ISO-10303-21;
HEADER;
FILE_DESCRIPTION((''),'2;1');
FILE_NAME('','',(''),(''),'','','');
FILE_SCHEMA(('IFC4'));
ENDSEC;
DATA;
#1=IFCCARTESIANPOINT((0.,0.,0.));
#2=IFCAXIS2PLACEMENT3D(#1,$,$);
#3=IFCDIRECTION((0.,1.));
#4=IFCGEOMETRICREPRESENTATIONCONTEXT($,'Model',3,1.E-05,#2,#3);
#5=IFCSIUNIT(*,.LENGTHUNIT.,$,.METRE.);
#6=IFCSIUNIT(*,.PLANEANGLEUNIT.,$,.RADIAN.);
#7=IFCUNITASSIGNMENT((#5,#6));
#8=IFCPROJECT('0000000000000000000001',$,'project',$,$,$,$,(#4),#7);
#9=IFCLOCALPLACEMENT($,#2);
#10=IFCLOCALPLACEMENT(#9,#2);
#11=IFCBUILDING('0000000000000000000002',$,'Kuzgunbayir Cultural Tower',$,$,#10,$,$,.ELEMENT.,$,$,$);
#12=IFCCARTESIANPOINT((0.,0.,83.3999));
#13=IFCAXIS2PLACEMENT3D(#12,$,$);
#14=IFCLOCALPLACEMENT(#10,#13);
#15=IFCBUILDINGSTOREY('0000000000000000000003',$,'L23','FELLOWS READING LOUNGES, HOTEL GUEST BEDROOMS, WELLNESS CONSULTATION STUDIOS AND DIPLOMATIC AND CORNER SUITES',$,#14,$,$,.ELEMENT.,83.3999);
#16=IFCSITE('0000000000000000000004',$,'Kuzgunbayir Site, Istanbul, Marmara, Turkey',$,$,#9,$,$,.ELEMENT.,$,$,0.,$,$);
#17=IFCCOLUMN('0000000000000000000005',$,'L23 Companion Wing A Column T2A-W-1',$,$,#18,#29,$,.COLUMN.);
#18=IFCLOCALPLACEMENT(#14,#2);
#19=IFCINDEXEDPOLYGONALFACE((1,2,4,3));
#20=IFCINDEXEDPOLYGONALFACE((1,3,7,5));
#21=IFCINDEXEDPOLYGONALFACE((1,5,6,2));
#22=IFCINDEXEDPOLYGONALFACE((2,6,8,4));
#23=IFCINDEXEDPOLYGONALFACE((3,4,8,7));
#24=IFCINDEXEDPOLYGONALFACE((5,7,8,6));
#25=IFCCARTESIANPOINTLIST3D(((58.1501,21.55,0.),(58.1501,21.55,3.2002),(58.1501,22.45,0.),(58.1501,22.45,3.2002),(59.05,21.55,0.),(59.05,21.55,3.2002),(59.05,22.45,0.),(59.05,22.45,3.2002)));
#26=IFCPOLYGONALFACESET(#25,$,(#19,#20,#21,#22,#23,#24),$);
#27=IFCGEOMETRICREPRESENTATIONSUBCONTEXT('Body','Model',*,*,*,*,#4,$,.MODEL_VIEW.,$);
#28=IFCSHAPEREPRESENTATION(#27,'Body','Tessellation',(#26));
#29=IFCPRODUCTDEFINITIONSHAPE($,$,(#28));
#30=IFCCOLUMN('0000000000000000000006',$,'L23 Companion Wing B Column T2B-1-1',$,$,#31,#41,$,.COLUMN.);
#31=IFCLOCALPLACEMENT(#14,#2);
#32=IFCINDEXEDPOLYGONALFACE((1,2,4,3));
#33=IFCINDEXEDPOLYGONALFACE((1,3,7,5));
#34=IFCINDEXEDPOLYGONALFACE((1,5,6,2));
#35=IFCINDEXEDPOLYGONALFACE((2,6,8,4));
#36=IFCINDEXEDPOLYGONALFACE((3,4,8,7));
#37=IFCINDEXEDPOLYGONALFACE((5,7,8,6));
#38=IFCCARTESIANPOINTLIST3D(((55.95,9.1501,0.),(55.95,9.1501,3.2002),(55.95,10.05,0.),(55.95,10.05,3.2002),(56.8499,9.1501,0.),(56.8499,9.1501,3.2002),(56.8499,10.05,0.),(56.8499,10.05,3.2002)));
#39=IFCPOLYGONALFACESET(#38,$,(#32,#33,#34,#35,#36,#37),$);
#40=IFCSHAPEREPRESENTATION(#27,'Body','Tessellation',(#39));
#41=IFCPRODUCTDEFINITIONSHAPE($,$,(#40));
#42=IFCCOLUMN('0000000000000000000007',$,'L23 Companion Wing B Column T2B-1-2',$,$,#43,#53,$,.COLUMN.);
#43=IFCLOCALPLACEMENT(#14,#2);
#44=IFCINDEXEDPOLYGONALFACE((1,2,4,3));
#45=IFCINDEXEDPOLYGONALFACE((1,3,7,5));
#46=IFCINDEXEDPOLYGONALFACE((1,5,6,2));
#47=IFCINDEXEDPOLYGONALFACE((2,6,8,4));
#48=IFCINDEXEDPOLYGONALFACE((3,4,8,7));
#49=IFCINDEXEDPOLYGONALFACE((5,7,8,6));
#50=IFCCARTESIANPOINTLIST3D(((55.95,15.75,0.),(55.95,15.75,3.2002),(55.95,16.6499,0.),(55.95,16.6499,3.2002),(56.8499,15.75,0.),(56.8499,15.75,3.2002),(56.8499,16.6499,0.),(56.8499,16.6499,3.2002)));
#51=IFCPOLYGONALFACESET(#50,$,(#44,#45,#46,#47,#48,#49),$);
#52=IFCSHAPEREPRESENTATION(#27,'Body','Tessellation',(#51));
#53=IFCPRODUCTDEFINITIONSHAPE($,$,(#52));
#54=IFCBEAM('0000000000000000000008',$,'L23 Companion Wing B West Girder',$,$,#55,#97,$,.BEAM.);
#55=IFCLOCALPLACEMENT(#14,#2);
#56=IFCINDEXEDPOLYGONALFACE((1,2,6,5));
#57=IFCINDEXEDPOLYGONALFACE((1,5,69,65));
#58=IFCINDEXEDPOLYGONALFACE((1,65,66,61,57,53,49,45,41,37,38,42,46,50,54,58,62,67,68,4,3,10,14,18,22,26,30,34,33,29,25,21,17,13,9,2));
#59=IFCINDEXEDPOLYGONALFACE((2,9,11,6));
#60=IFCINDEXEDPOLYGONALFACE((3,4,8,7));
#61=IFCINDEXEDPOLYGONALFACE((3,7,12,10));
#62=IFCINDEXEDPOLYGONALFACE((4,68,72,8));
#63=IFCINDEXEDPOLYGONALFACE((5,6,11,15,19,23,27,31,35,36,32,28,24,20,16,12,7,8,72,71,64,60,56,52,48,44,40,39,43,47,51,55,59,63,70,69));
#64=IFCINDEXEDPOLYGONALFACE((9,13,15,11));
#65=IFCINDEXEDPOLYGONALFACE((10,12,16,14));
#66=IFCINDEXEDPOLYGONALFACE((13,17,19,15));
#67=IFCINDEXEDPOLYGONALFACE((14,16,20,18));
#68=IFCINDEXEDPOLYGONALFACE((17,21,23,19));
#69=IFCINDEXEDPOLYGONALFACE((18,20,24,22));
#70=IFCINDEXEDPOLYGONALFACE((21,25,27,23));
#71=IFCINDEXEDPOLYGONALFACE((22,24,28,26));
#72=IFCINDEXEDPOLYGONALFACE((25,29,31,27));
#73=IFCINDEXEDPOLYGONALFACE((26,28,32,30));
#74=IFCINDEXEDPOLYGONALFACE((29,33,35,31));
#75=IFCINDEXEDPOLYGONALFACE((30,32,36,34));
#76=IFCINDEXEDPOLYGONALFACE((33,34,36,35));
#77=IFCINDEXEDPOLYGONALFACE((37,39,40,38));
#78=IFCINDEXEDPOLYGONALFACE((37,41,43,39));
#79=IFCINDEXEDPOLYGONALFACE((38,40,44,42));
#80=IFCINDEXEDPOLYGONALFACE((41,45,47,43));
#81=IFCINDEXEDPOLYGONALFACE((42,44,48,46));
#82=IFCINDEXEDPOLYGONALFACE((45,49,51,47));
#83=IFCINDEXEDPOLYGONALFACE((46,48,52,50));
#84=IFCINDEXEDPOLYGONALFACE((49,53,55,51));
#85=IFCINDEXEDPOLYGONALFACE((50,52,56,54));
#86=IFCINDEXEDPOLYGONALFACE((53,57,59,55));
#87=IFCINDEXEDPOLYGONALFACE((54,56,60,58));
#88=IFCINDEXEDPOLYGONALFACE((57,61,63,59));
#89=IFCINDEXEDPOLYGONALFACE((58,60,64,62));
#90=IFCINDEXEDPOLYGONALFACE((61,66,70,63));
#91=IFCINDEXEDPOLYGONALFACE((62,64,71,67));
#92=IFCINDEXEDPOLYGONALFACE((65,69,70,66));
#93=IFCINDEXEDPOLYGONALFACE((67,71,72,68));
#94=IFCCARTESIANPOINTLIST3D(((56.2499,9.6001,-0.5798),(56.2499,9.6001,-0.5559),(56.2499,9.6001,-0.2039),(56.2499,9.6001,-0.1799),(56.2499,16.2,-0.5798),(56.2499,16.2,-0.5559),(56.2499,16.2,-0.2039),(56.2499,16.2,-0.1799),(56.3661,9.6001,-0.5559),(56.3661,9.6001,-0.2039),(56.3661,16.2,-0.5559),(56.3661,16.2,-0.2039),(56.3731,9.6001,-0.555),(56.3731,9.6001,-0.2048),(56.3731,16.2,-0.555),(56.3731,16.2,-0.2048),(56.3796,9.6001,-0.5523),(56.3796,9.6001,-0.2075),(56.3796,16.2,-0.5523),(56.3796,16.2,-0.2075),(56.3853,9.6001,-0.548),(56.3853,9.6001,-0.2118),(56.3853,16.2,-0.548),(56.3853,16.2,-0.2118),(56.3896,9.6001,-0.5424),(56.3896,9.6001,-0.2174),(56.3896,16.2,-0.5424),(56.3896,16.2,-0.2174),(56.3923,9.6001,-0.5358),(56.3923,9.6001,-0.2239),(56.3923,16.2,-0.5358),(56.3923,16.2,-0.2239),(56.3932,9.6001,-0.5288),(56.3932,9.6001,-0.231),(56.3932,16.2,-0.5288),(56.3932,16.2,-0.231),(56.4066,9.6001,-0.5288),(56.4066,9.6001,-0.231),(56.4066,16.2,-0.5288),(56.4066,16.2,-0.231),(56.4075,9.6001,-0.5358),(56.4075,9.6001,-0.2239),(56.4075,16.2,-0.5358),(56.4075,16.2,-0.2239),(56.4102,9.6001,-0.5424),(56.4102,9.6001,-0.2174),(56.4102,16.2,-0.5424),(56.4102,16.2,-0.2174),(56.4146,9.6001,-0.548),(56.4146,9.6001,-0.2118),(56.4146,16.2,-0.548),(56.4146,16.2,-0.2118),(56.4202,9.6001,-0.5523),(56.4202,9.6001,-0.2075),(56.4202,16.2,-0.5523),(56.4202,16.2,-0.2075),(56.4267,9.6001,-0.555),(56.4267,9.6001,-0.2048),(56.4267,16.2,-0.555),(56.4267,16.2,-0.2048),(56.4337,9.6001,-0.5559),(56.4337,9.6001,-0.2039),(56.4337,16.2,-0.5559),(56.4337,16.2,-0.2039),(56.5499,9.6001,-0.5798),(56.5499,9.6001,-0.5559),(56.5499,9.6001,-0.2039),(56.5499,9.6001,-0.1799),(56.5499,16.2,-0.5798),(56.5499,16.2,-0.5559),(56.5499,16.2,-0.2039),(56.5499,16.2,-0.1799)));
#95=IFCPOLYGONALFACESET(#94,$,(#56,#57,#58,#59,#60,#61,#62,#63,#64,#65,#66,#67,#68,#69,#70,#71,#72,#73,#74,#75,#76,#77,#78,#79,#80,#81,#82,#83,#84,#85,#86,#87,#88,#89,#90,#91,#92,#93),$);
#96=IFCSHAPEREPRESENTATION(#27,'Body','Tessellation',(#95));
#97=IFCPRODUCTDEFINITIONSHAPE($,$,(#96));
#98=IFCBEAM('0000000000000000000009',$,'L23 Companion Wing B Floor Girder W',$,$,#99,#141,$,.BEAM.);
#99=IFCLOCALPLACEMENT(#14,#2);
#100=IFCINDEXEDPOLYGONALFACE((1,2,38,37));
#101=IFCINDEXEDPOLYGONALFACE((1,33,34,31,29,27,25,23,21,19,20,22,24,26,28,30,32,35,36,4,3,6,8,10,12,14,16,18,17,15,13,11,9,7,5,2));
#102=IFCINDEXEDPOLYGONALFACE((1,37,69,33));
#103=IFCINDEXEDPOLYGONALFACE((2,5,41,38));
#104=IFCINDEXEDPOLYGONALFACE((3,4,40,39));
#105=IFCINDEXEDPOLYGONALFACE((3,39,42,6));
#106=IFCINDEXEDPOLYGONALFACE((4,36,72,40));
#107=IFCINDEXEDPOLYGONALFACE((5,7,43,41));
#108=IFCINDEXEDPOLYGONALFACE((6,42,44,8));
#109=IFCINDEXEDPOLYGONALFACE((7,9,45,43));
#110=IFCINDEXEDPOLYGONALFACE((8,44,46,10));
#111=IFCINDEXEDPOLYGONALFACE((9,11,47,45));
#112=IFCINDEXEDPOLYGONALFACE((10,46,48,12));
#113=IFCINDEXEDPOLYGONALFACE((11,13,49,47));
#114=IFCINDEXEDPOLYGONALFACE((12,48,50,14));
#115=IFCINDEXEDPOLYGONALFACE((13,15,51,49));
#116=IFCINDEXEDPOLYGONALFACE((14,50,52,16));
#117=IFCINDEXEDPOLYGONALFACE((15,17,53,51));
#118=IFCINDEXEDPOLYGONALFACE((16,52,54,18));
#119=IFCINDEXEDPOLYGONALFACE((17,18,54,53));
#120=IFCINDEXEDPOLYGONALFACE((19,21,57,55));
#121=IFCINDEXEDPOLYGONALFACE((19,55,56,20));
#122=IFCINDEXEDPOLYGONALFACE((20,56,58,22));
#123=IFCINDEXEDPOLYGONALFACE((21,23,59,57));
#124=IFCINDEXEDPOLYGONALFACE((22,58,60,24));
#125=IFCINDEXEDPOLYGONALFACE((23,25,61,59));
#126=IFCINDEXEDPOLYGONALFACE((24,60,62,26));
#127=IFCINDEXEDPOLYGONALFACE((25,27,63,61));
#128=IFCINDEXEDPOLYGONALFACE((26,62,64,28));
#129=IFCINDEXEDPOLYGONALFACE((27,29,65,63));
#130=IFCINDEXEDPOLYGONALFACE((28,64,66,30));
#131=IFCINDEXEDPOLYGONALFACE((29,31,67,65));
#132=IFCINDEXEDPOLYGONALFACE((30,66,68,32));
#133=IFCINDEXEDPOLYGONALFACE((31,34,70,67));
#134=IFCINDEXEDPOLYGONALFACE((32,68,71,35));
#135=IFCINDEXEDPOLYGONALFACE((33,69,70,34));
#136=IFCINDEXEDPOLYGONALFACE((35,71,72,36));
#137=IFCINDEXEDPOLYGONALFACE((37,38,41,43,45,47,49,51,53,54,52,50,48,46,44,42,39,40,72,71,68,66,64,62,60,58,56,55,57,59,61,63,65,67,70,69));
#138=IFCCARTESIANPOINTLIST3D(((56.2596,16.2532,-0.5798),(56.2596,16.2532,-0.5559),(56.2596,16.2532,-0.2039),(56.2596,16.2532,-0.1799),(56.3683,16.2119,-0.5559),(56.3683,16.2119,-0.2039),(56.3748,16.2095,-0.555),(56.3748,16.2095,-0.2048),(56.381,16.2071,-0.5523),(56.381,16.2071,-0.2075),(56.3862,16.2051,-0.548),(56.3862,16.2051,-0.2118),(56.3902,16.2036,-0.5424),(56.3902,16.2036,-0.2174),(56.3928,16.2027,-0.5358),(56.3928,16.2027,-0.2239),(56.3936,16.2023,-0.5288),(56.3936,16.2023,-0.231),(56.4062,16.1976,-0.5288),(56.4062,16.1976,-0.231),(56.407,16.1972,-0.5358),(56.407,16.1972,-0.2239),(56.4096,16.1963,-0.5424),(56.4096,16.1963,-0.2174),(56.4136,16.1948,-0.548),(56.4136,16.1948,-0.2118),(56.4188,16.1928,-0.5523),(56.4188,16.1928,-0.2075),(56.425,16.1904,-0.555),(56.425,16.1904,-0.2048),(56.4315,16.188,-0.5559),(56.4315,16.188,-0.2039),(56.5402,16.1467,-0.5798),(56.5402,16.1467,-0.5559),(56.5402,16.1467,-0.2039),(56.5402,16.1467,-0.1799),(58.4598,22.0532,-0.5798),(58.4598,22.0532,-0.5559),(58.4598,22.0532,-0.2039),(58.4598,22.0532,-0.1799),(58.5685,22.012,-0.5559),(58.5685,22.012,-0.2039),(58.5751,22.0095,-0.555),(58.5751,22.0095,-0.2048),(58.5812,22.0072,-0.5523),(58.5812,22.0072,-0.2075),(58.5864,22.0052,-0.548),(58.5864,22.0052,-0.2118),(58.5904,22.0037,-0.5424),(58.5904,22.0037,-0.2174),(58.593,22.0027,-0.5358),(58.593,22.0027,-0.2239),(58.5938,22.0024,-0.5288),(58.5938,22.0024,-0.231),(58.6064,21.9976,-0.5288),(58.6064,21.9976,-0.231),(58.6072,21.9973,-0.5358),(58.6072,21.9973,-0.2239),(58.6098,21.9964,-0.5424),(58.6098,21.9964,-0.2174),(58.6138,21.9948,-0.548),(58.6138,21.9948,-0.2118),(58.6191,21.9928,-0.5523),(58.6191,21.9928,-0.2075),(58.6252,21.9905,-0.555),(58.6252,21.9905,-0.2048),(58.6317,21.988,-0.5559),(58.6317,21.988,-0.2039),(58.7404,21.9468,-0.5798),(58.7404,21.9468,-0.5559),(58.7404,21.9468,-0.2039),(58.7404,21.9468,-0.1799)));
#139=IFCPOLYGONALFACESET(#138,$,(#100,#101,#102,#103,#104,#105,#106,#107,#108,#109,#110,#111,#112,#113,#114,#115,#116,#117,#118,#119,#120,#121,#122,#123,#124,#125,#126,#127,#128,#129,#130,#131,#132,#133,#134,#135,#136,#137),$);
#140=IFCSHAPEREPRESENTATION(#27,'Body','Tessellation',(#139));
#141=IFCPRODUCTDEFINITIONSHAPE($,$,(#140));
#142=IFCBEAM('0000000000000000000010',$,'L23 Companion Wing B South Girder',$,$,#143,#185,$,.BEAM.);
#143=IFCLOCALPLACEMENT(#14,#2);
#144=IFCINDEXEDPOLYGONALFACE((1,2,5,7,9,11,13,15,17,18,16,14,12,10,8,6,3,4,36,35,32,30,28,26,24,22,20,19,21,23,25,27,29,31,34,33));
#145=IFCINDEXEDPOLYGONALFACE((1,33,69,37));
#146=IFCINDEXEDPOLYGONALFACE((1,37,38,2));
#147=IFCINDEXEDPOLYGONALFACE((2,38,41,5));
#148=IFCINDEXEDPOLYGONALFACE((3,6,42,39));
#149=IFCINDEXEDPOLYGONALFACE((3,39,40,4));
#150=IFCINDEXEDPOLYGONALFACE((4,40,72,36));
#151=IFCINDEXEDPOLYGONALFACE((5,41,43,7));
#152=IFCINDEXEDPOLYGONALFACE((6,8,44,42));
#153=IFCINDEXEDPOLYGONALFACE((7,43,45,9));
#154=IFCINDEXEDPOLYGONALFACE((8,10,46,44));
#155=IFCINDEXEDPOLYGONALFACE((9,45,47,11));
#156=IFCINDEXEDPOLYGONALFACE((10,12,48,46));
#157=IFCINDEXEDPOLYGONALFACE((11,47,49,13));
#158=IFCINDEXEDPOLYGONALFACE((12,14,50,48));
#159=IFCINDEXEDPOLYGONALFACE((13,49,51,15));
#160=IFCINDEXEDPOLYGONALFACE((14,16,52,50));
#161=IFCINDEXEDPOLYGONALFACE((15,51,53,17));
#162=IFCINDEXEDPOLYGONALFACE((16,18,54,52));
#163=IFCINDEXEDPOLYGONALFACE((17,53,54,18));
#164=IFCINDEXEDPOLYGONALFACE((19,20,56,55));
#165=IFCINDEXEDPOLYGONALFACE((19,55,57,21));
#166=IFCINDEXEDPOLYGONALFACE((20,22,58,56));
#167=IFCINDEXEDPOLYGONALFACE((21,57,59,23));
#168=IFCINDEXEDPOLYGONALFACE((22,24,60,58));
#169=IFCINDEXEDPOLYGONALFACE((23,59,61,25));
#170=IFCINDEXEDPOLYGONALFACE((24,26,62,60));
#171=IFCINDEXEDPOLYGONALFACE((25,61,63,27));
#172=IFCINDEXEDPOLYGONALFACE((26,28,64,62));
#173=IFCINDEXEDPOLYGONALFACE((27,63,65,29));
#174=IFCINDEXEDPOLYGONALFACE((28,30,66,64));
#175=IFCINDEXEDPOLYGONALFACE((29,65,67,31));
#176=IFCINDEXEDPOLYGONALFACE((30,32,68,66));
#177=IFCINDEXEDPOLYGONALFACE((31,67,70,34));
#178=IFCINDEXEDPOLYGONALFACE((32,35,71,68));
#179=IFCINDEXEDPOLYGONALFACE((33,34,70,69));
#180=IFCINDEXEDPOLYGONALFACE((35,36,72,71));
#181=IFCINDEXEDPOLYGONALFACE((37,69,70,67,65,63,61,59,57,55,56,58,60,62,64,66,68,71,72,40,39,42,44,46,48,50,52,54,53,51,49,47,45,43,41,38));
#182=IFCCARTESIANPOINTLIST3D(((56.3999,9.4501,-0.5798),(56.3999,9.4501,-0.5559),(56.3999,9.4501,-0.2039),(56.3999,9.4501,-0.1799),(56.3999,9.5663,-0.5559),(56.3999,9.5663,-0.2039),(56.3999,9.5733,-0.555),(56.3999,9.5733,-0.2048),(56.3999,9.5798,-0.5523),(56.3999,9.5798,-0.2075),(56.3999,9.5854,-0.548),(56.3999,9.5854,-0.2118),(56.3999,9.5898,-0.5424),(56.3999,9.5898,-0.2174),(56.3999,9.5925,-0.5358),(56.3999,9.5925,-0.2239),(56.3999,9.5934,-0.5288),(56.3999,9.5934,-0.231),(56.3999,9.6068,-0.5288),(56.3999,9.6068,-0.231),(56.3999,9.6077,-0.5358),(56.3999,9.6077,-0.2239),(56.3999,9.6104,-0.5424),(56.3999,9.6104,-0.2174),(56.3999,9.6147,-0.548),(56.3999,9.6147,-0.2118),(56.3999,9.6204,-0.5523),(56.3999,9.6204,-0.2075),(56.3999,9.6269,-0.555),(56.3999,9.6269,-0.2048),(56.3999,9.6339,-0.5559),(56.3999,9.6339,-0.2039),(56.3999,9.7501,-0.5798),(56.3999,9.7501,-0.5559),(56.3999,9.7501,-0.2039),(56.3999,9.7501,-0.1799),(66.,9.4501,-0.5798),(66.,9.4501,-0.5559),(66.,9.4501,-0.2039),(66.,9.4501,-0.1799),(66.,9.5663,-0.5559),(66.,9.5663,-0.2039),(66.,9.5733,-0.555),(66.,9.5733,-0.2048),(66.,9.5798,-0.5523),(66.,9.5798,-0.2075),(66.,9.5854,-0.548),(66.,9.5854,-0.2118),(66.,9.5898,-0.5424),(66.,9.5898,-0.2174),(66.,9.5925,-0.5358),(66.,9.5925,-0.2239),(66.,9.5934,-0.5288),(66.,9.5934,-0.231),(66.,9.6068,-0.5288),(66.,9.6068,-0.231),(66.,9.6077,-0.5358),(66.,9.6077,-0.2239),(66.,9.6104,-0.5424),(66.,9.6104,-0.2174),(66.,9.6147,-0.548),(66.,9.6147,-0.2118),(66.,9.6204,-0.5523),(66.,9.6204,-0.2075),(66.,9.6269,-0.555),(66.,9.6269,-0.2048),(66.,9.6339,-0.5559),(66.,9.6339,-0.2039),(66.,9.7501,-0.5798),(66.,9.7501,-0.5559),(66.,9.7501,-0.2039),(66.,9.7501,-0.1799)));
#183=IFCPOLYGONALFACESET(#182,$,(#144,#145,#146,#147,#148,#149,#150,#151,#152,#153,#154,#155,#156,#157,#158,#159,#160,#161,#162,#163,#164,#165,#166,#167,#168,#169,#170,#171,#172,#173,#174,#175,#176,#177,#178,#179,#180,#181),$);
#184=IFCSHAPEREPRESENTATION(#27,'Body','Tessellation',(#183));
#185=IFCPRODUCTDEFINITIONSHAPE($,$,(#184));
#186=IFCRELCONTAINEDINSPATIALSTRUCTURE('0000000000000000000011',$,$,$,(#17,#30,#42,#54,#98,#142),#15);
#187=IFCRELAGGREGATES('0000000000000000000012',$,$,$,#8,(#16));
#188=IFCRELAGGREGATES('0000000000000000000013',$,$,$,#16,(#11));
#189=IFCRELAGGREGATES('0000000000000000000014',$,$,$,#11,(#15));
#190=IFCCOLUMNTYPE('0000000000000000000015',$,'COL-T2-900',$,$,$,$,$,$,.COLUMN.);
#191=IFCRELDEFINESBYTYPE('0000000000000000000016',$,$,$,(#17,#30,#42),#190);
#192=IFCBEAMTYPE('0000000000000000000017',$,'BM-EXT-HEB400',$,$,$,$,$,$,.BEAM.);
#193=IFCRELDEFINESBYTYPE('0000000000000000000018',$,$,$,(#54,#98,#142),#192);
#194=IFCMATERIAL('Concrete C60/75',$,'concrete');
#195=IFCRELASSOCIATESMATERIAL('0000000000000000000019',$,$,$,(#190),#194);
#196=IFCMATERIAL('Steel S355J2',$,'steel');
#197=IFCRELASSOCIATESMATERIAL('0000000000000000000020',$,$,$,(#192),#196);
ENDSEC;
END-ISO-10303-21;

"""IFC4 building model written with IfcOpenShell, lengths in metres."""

from ifc_helpers import new_model, si_unit, direction, frame, origin, origin_2d, place, context, subcontext, project, spatial, rectangle, i_section, extrude, material, material_profile, profile_set, type_object, element, save


model = new_model("IFC4")

# Units and contexts
model_context = context("Model", 3, precision=1e-05, world=origin(), true_north=direction((0.0, 1.0)))
body_context = subcontext(model_context, "Body", "Model", "MODEL_VIEW")
ifc_project = project(units=[si_unit("LENGTHUNIT", "METRE"), si_unit("PLANEANGLEUNIT", "RADIAN")], contexts=[model_context])

# Site, building, storey
site_placement = place(None, origin())
site = spatial("IfcSite", under=ifc_project, at=site_placement, Name="Kuzgunbayir Site, Istanbul, Marmara, Turkey", CompositionType="ELEMENT", RefElevation=0.0)
building_placement = place(site_placement, origin())
building = spatial("IfcBuilding", under=site, at=building_placement, Name="Kuzgunbayir Cultural Tower", CompositionType="ELEMENT")
storey_placement = place(building_placement, frame((0.0, 0.0, 83.3999)))
storey = spatial("IfcBuildingStorey", under=building, at=storey_placement, Name="L23", Description="FELLOWS READING LOUNGES, HOTEL GUEST BEDROOMS, WELLNESS CONSULTATION STUDIOS AND DIPLOMATIC AND CORNER SUITES", CompositionType="ELEMENT", Elevation=83.3999)

# Columns
ifc_material_1 = material(Name="Concrete C60/75", Category="concrete")
ifc_material_profile_1 = material_profile(ifc_material_1, rectangle(XDim=0.8999, YDim=0.8999, at=origin_2d()), Name="RC 900x900")
ifc_profile_set_1 = profile_set([ifc_material_profile_1], Name="Concrete C60/75")
column_type = type_object("IfcColumnType", Name="COL-T2-900", PredefinedType="COLUMN", material=ifc_profile_set_1)
for number, where, z_axis, x_axis, name in (
    (1, (58.6001, 22.0, 0.0), (0.0, 0.0, 1.0), (1.0, 0.0, 0.0), "L23 Companion Wing A Column T2A-W-1"),
    (2, (56.3999, 9.6001, 0.0), (0.0, 0.0, 1.0), (1.0, 0.0, 0.0), "L23 Companion Wing B Column T2B-1-1"),
    (3, (56.3999, 16.2, 0.0), (0.0, 0.0, 1.0), (1.0, 0.0, 0.0), "L23 Companion Wing B Column T2B-1-2"),
):
    element("IfcColumn", number, at=place(storey_placement, frame(where, z_axis=z_axis, x_axis=x_axis)), inside=storey, type_object=column_type, Name=name, PredefinedType="COLUMN", context=body_context, shape_type="SweptSolid", body=[
        extrude(rectangle(XDim=0.8999, YDim=0.8999, at=origin_2d()), origin(), (0.0, 0.0, 1.0), 3.2002),
    ])

# Beams
ifc_material_2 = material(Name="Steel S355J2", Category="steel")
ifc_material_profile_2 = material_profile(ifc_material_2, i_section(OverallWidth=0.3, OverallDepth=0.3999, WebThickness=0.0134, FlangeThickness=0.0239, FilletRadius=0.0271, at=origin_2d()), Name="HEB 400")
ifc_profile_set_2 = profile_set([ifc_material_profile_2], Name="Steel S355J2")
beam_type_1 = type_object("IfcBeamType", Name="BM-EXT-HEB400", PredefinedType="BEAM", material=ifc_profile_set_2)
beam_1_placement = place(storey_placement, frame((56.3999, 9.6001, -0.3799), z_axis=(0.0, 1.0, 0.0), x_axis=(-1.0, 0.0, 0.0)))
element("IfcBeam", 4, at=beam_1_placement, inside=storey, type_object=beam_type_1, Name="L23 Companion Wing B West Girder", PredefinedType="BEAM", context=body_context, shape_type="SweptSolid", body=[
    extrude(i_section(OverallWidth=0.3, OverallDepth=0.3999, WebThickness=0.0134, FlangeThickness=0.0239, FilletRadius=0.0271, at=origin_2d()), origin(), (0.0, 0.0, 1.0), 6.5999),
])
beam_2_placement = place(storey_placement, frame((56.3999, 16.2, -0.3799), z_axis=(0.354679, 0.934988, 0.0), x_axis=(-0.934988, 0.354679, 0.0)))
element("IfcBeam", 5, at=beam_2_placement, inside=storey, type_object=beam_type_1, Name="L23 Companion Wing B Floor Girder W", PredefinedType="BEAM", context=body_context, shape_type="SweptSolid", body=[
    extrude(i_section(OverallWidth=0.3, OverallDepth=0.3999, WebThickness=0.0134, FlangeThickness=0.0239, FilletRadius=0.0271, at=origin_2d()), origin(), (0.0, 0.0, 1.0), 6.2034),
])
beam_3_placement = place(storey_placement, frame((56.3999, 9.6001, -0.3799), z_axis=(1.0, 0.0, 0.0), x_axis=(0.0, 1.0, 0.0)))
element("IfcBeam", 6, at=beam_3_placement, inside=storey, type_object=beam_type_1, Name="L23 Companion Wing B South Girder", PredefinedType="BEAM", context=body_context, shape_type="SweptSolid", body=[
    extrude(i_section(OverallWidth=0.3, OverallDepth=0.3999, WebThickness=0.0134, FlangeThickness=0.0239, FilletRadius=0.0271, at=origin_2d()), origin(), (0.0, 0.0, 1.0), 9.6001),
])

save(model, "model.ifc")
